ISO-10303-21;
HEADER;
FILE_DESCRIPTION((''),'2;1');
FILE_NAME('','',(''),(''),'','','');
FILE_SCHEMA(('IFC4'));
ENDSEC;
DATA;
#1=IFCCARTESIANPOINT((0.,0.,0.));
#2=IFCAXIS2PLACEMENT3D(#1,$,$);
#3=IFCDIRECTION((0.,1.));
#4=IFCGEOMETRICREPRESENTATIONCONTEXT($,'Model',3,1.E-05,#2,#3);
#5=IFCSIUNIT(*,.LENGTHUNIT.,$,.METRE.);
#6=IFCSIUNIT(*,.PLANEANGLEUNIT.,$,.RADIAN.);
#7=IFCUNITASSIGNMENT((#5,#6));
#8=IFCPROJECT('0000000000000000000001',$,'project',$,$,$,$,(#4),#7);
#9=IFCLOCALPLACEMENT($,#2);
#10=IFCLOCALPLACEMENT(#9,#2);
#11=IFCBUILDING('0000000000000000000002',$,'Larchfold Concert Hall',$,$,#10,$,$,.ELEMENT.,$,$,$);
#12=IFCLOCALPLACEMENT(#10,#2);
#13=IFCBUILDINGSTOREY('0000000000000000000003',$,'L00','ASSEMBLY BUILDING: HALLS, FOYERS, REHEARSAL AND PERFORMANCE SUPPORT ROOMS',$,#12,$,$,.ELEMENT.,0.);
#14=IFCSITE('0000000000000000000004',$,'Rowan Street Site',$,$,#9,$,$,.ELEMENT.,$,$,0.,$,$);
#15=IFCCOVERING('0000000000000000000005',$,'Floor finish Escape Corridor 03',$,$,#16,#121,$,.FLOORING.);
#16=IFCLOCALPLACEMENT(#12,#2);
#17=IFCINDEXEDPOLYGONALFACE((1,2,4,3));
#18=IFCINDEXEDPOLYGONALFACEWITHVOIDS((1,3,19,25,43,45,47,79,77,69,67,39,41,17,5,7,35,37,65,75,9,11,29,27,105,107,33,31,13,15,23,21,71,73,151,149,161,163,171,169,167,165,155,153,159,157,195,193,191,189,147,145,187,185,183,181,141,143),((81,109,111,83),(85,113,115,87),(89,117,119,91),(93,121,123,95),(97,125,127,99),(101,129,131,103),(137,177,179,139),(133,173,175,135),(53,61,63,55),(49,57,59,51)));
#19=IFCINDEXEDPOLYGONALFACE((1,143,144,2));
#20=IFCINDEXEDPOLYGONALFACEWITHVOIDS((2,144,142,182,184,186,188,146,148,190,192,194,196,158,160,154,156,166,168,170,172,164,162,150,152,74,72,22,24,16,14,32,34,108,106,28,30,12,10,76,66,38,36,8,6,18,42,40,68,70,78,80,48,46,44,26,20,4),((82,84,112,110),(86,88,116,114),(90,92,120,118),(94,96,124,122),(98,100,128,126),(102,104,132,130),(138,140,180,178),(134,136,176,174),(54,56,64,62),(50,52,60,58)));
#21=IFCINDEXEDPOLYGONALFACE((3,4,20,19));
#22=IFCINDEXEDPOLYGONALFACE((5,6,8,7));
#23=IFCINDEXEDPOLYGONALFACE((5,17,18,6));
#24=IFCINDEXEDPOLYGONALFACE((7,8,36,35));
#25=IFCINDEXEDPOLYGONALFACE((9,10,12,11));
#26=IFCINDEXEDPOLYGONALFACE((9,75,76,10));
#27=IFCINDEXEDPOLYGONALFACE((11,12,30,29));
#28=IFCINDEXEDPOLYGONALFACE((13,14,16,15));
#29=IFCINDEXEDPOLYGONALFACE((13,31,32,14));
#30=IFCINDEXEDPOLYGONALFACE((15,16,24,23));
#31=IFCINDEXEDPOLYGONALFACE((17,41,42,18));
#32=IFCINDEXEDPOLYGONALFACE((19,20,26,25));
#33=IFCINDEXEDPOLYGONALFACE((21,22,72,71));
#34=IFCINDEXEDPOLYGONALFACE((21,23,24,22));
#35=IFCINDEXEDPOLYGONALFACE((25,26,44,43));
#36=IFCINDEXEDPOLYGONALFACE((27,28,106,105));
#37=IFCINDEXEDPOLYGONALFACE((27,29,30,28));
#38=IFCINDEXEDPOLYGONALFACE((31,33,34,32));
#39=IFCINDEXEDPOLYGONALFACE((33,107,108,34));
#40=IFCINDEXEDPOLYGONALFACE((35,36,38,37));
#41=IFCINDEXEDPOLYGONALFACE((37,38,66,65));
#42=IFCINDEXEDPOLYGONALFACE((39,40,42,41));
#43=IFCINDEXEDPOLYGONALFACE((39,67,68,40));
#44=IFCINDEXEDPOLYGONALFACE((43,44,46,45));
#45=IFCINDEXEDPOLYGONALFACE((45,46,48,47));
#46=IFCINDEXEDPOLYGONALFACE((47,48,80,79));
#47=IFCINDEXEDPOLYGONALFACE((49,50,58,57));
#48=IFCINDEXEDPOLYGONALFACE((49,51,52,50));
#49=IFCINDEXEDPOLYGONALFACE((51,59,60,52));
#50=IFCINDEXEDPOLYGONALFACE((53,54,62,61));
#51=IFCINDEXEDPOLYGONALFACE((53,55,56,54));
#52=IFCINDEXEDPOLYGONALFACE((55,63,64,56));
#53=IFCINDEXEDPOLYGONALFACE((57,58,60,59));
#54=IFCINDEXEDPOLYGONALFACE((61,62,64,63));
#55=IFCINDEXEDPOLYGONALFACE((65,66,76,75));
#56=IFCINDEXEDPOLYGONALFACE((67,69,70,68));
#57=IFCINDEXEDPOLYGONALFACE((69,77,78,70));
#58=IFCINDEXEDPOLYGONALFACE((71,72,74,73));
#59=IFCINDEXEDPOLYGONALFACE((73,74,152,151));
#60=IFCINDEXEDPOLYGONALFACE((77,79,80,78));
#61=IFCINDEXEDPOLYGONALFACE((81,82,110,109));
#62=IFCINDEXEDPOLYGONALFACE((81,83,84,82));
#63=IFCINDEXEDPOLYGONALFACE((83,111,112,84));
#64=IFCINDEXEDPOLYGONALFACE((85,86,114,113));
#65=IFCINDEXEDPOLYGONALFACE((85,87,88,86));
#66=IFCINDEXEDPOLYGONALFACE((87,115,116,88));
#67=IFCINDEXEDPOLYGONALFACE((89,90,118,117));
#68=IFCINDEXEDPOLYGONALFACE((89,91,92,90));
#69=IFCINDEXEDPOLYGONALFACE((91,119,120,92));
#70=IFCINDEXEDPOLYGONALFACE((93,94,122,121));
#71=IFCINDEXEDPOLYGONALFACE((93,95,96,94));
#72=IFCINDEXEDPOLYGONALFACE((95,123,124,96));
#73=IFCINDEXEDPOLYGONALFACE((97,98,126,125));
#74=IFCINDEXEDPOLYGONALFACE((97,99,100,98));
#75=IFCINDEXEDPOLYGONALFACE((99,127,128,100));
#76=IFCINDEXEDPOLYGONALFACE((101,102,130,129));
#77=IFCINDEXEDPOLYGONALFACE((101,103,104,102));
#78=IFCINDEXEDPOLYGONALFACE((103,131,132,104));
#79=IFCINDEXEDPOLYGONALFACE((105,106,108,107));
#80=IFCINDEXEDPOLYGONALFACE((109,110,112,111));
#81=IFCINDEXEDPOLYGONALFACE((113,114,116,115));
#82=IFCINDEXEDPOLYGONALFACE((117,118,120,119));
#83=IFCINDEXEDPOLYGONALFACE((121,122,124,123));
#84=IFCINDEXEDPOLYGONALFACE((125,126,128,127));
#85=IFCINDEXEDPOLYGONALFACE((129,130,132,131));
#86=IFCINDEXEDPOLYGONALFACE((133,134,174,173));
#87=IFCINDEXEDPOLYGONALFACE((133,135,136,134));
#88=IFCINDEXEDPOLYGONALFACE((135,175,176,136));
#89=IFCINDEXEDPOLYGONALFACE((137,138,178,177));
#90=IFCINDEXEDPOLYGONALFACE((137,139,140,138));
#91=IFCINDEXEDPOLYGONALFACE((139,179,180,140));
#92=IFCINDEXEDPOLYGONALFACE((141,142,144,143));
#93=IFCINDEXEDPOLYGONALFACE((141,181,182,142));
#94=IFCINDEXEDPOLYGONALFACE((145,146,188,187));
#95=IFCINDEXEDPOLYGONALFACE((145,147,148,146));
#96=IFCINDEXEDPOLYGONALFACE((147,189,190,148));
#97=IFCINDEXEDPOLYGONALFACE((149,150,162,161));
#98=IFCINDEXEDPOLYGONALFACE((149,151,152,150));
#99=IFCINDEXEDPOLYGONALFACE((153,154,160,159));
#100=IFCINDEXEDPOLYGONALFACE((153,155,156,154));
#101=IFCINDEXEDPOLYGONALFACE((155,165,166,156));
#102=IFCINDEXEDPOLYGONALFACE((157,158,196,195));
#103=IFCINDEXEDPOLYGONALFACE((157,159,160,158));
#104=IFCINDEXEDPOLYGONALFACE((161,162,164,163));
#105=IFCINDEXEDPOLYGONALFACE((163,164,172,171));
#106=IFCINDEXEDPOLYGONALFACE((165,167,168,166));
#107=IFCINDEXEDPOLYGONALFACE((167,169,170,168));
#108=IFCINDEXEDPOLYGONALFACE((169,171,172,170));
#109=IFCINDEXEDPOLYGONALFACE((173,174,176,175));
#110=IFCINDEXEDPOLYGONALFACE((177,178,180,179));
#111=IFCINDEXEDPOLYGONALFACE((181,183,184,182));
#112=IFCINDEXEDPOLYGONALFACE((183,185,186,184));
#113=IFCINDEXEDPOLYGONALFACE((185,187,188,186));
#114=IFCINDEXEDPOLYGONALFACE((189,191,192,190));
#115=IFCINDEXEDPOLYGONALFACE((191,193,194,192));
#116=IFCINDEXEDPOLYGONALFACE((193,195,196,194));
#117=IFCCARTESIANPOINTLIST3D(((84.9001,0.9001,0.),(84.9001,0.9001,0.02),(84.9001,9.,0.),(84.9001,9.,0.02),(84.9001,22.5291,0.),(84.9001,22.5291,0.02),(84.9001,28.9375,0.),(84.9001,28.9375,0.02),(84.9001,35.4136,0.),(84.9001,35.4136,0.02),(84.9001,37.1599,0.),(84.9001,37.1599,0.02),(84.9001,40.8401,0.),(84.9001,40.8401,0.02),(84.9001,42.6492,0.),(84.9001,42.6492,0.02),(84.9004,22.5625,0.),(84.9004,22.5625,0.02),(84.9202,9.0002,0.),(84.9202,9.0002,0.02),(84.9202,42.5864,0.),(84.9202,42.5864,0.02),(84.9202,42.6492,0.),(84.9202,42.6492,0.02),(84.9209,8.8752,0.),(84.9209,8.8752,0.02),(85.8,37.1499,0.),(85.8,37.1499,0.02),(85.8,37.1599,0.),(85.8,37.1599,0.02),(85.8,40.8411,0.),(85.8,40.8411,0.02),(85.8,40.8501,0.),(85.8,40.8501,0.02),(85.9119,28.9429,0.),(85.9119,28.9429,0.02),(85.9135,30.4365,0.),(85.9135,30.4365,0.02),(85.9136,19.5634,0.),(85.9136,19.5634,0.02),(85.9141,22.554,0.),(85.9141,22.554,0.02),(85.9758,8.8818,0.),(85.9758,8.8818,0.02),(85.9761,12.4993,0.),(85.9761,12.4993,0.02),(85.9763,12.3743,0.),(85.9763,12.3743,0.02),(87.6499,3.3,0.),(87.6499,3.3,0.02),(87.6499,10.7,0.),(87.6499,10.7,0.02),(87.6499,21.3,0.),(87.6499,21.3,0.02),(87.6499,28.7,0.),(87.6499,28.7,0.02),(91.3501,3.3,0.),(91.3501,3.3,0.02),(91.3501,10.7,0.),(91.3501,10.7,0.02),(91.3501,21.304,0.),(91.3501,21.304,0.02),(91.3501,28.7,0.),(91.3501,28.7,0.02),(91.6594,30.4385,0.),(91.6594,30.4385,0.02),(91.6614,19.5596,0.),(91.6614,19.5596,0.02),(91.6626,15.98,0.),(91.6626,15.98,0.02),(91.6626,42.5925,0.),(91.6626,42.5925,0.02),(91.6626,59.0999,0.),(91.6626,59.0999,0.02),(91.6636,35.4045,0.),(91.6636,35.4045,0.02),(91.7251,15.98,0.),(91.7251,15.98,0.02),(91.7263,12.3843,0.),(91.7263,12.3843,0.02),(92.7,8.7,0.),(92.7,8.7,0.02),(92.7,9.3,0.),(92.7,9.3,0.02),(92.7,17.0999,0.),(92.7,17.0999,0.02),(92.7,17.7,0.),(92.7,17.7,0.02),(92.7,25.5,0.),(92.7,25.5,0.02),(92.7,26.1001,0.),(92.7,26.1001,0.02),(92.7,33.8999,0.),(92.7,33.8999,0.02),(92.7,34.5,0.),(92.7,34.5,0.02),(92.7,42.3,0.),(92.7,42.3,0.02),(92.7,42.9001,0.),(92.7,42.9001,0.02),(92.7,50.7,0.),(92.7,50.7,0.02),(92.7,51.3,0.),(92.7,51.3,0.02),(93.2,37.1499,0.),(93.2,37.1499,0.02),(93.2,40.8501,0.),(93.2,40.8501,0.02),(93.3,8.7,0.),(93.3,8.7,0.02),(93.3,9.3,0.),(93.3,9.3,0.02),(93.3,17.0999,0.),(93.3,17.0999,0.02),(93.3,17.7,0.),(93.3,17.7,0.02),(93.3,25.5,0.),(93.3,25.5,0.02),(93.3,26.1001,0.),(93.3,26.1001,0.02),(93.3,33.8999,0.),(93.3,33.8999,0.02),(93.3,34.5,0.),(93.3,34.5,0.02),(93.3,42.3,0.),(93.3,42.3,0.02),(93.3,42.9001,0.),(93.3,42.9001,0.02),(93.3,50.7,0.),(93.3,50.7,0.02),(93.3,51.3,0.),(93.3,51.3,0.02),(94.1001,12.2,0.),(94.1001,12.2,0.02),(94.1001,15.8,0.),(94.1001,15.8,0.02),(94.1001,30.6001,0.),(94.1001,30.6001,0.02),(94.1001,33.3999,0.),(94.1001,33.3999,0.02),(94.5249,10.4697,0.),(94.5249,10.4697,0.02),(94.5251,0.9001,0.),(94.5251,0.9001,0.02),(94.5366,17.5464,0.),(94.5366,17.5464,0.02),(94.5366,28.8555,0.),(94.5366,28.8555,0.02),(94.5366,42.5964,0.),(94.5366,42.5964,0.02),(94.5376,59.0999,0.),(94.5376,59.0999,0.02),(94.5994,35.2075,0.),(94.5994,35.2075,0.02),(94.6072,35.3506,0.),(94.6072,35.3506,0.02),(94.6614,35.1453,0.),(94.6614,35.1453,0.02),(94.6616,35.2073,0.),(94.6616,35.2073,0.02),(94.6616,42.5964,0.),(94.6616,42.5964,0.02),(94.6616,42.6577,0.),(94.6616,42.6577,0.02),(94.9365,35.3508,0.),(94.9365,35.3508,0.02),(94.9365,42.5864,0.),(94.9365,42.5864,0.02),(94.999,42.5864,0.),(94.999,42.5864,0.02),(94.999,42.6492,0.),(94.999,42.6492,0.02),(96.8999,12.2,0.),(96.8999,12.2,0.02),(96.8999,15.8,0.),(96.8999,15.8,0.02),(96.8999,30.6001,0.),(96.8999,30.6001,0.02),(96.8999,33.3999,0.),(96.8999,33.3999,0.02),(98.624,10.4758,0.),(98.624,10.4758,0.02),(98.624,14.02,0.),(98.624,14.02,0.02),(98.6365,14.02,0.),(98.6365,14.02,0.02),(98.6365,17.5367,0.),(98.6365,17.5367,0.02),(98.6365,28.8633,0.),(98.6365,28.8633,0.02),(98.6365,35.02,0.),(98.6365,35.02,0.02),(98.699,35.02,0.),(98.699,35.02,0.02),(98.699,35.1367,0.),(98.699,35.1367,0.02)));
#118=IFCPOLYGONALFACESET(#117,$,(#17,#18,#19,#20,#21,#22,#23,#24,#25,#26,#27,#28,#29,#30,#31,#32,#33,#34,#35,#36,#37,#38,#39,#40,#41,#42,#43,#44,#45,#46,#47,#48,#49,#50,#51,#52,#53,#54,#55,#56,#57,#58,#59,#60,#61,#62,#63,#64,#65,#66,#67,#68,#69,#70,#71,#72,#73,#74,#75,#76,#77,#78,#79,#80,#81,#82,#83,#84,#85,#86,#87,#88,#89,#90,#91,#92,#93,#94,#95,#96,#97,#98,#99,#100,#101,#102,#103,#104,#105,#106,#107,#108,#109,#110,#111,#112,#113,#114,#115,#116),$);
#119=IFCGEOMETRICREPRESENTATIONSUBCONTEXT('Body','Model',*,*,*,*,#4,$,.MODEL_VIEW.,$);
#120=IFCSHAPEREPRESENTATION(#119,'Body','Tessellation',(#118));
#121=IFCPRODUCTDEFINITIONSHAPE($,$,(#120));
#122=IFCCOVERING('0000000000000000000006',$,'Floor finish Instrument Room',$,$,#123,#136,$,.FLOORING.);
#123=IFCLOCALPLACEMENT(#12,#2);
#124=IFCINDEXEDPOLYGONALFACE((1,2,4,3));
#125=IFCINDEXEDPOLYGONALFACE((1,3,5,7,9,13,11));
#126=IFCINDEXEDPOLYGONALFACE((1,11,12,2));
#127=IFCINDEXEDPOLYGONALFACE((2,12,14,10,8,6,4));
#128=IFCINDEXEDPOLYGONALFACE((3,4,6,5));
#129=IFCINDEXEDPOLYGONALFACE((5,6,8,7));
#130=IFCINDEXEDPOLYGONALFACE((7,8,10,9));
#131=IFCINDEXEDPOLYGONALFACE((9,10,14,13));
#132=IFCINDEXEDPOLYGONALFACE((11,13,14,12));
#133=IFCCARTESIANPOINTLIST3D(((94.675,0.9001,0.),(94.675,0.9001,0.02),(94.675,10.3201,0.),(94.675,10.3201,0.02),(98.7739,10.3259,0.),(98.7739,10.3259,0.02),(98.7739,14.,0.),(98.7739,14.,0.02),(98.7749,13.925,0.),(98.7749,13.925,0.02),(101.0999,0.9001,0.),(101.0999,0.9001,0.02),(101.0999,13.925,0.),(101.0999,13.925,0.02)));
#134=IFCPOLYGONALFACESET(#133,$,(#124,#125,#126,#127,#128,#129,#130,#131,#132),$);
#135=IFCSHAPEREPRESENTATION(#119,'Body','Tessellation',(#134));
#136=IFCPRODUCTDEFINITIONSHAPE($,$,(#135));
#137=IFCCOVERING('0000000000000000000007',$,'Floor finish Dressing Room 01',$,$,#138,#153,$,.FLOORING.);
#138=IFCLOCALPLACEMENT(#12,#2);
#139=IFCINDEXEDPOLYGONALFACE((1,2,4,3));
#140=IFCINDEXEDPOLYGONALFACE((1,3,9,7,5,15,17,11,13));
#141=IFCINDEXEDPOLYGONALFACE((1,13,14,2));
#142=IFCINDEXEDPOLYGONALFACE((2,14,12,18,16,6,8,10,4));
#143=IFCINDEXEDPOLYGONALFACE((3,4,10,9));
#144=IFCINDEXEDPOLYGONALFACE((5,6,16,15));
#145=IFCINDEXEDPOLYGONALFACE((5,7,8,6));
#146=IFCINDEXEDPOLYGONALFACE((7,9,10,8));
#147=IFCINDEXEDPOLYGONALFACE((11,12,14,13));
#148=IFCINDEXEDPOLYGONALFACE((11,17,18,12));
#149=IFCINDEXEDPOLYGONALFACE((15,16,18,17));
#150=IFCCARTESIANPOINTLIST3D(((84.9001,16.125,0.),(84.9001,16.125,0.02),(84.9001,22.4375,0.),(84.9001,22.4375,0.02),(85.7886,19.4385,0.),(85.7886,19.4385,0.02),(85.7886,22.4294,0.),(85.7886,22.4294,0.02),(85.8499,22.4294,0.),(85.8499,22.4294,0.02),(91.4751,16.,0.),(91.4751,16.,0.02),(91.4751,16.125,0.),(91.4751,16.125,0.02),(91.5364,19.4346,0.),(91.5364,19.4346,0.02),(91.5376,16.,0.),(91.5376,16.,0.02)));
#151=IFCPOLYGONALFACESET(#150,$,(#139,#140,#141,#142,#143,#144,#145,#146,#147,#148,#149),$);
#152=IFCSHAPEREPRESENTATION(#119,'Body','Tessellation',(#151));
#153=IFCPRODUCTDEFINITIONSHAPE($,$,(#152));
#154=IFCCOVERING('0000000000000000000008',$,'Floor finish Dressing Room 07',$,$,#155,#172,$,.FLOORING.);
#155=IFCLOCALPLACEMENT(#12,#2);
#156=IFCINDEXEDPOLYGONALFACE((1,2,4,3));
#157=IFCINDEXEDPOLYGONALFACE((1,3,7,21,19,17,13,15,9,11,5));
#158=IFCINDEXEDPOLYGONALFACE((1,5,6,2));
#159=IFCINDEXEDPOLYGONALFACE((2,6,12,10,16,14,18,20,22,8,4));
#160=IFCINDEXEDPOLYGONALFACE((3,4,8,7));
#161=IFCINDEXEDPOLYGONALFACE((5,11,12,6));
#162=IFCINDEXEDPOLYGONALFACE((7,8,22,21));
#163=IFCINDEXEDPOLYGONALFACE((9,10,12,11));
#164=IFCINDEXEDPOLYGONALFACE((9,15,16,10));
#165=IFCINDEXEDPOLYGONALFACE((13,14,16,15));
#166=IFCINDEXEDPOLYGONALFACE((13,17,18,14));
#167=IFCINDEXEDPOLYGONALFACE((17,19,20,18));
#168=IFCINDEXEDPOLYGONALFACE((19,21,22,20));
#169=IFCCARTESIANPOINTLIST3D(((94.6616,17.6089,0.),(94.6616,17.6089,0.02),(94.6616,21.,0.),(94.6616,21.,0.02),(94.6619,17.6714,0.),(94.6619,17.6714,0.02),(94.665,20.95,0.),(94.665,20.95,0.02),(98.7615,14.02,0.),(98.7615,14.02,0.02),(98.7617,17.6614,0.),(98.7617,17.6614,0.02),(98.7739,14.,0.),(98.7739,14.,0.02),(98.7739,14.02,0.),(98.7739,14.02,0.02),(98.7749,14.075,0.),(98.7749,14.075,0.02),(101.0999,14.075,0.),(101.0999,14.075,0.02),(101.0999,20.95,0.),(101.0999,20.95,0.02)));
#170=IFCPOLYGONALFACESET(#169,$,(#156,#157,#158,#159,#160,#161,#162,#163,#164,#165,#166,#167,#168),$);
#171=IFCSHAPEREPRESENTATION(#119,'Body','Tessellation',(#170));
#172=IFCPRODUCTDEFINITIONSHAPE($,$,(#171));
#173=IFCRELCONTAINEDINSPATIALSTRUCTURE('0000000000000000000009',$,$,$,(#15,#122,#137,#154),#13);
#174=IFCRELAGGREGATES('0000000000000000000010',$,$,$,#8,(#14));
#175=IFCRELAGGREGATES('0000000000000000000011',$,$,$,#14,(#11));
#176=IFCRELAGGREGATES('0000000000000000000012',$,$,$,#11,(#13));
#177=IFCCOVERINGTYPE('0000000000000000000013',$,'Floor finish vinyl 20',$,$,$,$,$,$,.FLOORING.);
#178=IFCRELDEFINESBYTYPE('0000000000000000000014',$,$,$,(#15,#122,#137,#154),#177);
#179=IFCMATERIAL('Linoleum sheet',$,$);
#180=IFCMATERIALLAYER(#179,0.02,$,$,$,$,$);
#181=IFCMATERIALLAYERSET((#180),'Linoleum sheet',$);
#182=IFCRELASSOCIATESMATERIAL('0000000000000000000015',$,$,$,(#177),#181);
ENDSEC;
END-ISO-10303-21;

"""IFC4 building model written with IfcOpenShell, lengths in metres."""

from ifc_helpers import new_model, si_unit, direction, origin, place, context, subcontext, project, spatial, polyline, outline, extrude, material, layer, layer_set, type_object, element, save


model = new_model("IFC4")

# Units and contexts
model_context = context("Model", 3, precision=1e-05, world=origin(), true_north=direction((0.0, 1.0)))
body_context = subcontext(model_context, "Body", "Model", "MODEL_VIEW")
ifc_project = project(units=[si_unit("LENGTHUNIT", "METRE"), si_unit("PLANEANGLEUNIT", "RADIAN")], contexts=[model_context])

# Site, building, storey
site_placement = place(None, origin())
site = spatial("IfcSite", under=ifc_project, at=site_placement, Name="Rowan Street Site", CompositionType="ELEMENT", RefElevation=0.0)
building_placement = place(site_placement, origin())
building = spatial("IfcBuilding", under=site, at=building_placement, Name="Larchfold Concert Hall", CompositionType="ELEMENT")
storey_placement = place(building_placement, origin())
storey = spatial("IfcBuildingStorey", under=building, at=storey_placement, Name="L00", Description="ASSEMBLY BUILDING: HALLS, FOYERS, REHEARSAL AND PERFORMANCE SUPPORT ROOMS", CompositionType="ELEMENT", Elevation=0.0)

# Coverings
ifc_material_1 = material(Name="Linoleum sheet")
ifc_layer_1 = layer(ifc_material_1, 0.02)
ifc_layer_set_1 = layer_set([ifc_layer_1], Name="Linoleum sheet")
covering_type_1 = type_object("IfcCoveringType", Name="Floor finish vinyl 20", PredefinedType="FLOORING", material=ifc_layer_set_1)
covering_1_placement = place(storey_placement, origin())
element("IfcCovering", 1, at=covering_1_placement, inside=storey, type_object=covering_type_1, Name="Floor finish Escape Corridor 03", PredefinedType="FLOORING", context=body_context, shape_type="SweptSolid", body=[
    extrude(outline(polyline([(84.9001, 22.5291), (84.9004, 22.5625), (85.9141, 22.554), (85.9136, 19.5635), (85.8508, 19.5635), (91.6614, 19.5596), (91.6626, 15.98), (91.7251, 15.98), (91.7263, 12.3843), (85.9763, 12.3743), (85.9761, 12.4993), (85.9758, 8.8818), (84.9209, 8.8752), (84.9202, 9.0002), (84.9001, 9.0), (84.9001, 0.9001), (94.5251, 0.9001), (94.5249, 10.4697), (98.624, 10.4758), (98.624, 14.02), (98.6365, 14.02), (98.6365, 17.5366), (98.6614, 17.5366), (94.5366, 17.5464), (94.5366, 28.8555), (98.6365, 28.8633), (98.6365, 35.02), (98.699, 35.02), (98.699, 35.1367), (94.6614, 35.1453), (94.6616, 35.2073), (94.5994, 35.2075), (94.6072, 35.3506), (94.9365, 35.3508), (94.9365, 42.5864), (94.999, 42.5864), (94.999, 42.6492), (94.6616, 42.6577), (94.6616, 42.5964), (94.5366, 42.5964), (94.5376, 59.0999), (91.6626, 59.0999), (91.6626, 42.5925), (84.9202, 42.5864), (84.9202, 42.6492), (84.9001, 42.6492), (84.9001, 40.8401), (85.8, 40.8411), (85.8, 40.8501), (93.2, 40.8501), (93.2, 37.1499), (85.8, 37.1499), (85.8, 37.1599), (84.9001, 37.1599), (84.9001, 35.4136), (91.6636, 35.4045), (91.6594, 30.4385), (85.9136, 30.4365), (85.9136, 30.499), (85.9119, 28.9429), (84.9001, 28.9375), (84.9001, 22.5291)]), holes=[polyline([(96.8999, 12.2), (94.1001, 12.2), (94.1001, 15.8), (96.8999, 15.8), (96.8999, 12.2)]), polyline([(96.8999, 30.6001), (94.1001, 30.6001), (94.1001, 33.3999), (96.8999, 33.3999), (96.8999, 30.6001)]), polyline([(92.7, 50.7), (92.7, 51.3), (93.3, 51.3), (93.3, 50.7), (92.7, 50.7)]), polyline([(93.3, 8.7), (92.7, 8.7), (92.7, 9.3), (93.3, 9.3), (93.3, 8.7)]), polyline([(93.3, 17.0999), (92.7, 17.0999), (92.7, 17.7), (93.3, 17.7), (93.3, 17.0999)]), polyline([(93.3, 26.1001), (93.3, 25.5), (92.7, 25.5), (92.7, 26.1001), (93.3, 26.1001)]), polyline([(93.3, 34.5), (93.3, 33.8999), (92.7, 33.8999), (92.7, 34.5), (93.3, 34.5)]), polyline([(93.3, 42.9001), (93.3, 42.3), (92.7, 42.3), (92.7, 42.9001), (93.3, 42.9001)]), polyline([(91.3501, 3.3), (87.6499, 3.3), (87.6499, 10.7), (91.3501, 10.7), (91.3501, 3.3)]), polyline([(91.3501, 21.304), (87.6499, 21.3), (87.6499, 28.7), (91.3501, 28.7), (91.3501, 21.304)])]), origin(), (0.0, 0.0, 1.0), 0.02),
])
covering_2_placement = place(storey_placement, origin())
element("IfcCovering", 2, at=covering_2_placement, inside=storey, type_object=covering_type_1, Name="Floor finish Instrument Room", PredefinedType="FLOORING", context=body_context, shape_type="SweptSolid", body=[
    extrude(outline(polyline([(101.0999, 0.9001), (101.0999, 13.925), (98.7749, 13.925), (98.7739, 14.0), (98.7739, 10.3259), (94.675, 10.3201), (94.675, 0.9001), (101.0999, 0.9001)])), origin(), (0.0, 0.0, 1.0), 0.02),
])
covering_3_placement = place(storey_placement, origin())
element("IfcCovering", 3, at=covering_3_placement, inside=storey, type_object=covering_type_1, Name="Floor finish Dressing Room 01", PredefinedType="FLOORING", context=body_context, shape_type="SweptSolid", body=[
    extrude(outline(polyline([(85.7886, 22.4294), (85.8499, 22.4294), (84.9001, 22.4375), (84.9001, 16.125), (91.4751, 16.125), (91.4751, 16.0), (91.5376, 16.0), (91.5364, 19.4346), (85.7886, 19.4385), (85.7886, 22.4294)])), origin(), (0.0, 0.0, 1.0), 0.02),
])
covering_4_placement = place(storey_placement, origin())
element("IfcCovering", 4, at=covering_4_placement, inside=storey, type_object=covering_type_1, Name="Floor finish Dressing Room 07", PredefinedType="FLOORING", context=body_context, shape_type="SweptSolid", body=[
    extrude(outline(polyline([(94.6616, 17.6089), (94.6619, 17.6714), (98.7617, 17.6614), (98.7615, 14.02), (98.7739, 14.02), (98.7739, 14.0), (98.7749, 14.075), (101.0999, 14.075), (101.0999, 20.95), (94.665, 20.95), (94.6616, 21.0), (94.6616, 17.6089)])), origin(), (0.0, 0.0, 1.0), 0.02),
])

save(model, "model.ifc")
